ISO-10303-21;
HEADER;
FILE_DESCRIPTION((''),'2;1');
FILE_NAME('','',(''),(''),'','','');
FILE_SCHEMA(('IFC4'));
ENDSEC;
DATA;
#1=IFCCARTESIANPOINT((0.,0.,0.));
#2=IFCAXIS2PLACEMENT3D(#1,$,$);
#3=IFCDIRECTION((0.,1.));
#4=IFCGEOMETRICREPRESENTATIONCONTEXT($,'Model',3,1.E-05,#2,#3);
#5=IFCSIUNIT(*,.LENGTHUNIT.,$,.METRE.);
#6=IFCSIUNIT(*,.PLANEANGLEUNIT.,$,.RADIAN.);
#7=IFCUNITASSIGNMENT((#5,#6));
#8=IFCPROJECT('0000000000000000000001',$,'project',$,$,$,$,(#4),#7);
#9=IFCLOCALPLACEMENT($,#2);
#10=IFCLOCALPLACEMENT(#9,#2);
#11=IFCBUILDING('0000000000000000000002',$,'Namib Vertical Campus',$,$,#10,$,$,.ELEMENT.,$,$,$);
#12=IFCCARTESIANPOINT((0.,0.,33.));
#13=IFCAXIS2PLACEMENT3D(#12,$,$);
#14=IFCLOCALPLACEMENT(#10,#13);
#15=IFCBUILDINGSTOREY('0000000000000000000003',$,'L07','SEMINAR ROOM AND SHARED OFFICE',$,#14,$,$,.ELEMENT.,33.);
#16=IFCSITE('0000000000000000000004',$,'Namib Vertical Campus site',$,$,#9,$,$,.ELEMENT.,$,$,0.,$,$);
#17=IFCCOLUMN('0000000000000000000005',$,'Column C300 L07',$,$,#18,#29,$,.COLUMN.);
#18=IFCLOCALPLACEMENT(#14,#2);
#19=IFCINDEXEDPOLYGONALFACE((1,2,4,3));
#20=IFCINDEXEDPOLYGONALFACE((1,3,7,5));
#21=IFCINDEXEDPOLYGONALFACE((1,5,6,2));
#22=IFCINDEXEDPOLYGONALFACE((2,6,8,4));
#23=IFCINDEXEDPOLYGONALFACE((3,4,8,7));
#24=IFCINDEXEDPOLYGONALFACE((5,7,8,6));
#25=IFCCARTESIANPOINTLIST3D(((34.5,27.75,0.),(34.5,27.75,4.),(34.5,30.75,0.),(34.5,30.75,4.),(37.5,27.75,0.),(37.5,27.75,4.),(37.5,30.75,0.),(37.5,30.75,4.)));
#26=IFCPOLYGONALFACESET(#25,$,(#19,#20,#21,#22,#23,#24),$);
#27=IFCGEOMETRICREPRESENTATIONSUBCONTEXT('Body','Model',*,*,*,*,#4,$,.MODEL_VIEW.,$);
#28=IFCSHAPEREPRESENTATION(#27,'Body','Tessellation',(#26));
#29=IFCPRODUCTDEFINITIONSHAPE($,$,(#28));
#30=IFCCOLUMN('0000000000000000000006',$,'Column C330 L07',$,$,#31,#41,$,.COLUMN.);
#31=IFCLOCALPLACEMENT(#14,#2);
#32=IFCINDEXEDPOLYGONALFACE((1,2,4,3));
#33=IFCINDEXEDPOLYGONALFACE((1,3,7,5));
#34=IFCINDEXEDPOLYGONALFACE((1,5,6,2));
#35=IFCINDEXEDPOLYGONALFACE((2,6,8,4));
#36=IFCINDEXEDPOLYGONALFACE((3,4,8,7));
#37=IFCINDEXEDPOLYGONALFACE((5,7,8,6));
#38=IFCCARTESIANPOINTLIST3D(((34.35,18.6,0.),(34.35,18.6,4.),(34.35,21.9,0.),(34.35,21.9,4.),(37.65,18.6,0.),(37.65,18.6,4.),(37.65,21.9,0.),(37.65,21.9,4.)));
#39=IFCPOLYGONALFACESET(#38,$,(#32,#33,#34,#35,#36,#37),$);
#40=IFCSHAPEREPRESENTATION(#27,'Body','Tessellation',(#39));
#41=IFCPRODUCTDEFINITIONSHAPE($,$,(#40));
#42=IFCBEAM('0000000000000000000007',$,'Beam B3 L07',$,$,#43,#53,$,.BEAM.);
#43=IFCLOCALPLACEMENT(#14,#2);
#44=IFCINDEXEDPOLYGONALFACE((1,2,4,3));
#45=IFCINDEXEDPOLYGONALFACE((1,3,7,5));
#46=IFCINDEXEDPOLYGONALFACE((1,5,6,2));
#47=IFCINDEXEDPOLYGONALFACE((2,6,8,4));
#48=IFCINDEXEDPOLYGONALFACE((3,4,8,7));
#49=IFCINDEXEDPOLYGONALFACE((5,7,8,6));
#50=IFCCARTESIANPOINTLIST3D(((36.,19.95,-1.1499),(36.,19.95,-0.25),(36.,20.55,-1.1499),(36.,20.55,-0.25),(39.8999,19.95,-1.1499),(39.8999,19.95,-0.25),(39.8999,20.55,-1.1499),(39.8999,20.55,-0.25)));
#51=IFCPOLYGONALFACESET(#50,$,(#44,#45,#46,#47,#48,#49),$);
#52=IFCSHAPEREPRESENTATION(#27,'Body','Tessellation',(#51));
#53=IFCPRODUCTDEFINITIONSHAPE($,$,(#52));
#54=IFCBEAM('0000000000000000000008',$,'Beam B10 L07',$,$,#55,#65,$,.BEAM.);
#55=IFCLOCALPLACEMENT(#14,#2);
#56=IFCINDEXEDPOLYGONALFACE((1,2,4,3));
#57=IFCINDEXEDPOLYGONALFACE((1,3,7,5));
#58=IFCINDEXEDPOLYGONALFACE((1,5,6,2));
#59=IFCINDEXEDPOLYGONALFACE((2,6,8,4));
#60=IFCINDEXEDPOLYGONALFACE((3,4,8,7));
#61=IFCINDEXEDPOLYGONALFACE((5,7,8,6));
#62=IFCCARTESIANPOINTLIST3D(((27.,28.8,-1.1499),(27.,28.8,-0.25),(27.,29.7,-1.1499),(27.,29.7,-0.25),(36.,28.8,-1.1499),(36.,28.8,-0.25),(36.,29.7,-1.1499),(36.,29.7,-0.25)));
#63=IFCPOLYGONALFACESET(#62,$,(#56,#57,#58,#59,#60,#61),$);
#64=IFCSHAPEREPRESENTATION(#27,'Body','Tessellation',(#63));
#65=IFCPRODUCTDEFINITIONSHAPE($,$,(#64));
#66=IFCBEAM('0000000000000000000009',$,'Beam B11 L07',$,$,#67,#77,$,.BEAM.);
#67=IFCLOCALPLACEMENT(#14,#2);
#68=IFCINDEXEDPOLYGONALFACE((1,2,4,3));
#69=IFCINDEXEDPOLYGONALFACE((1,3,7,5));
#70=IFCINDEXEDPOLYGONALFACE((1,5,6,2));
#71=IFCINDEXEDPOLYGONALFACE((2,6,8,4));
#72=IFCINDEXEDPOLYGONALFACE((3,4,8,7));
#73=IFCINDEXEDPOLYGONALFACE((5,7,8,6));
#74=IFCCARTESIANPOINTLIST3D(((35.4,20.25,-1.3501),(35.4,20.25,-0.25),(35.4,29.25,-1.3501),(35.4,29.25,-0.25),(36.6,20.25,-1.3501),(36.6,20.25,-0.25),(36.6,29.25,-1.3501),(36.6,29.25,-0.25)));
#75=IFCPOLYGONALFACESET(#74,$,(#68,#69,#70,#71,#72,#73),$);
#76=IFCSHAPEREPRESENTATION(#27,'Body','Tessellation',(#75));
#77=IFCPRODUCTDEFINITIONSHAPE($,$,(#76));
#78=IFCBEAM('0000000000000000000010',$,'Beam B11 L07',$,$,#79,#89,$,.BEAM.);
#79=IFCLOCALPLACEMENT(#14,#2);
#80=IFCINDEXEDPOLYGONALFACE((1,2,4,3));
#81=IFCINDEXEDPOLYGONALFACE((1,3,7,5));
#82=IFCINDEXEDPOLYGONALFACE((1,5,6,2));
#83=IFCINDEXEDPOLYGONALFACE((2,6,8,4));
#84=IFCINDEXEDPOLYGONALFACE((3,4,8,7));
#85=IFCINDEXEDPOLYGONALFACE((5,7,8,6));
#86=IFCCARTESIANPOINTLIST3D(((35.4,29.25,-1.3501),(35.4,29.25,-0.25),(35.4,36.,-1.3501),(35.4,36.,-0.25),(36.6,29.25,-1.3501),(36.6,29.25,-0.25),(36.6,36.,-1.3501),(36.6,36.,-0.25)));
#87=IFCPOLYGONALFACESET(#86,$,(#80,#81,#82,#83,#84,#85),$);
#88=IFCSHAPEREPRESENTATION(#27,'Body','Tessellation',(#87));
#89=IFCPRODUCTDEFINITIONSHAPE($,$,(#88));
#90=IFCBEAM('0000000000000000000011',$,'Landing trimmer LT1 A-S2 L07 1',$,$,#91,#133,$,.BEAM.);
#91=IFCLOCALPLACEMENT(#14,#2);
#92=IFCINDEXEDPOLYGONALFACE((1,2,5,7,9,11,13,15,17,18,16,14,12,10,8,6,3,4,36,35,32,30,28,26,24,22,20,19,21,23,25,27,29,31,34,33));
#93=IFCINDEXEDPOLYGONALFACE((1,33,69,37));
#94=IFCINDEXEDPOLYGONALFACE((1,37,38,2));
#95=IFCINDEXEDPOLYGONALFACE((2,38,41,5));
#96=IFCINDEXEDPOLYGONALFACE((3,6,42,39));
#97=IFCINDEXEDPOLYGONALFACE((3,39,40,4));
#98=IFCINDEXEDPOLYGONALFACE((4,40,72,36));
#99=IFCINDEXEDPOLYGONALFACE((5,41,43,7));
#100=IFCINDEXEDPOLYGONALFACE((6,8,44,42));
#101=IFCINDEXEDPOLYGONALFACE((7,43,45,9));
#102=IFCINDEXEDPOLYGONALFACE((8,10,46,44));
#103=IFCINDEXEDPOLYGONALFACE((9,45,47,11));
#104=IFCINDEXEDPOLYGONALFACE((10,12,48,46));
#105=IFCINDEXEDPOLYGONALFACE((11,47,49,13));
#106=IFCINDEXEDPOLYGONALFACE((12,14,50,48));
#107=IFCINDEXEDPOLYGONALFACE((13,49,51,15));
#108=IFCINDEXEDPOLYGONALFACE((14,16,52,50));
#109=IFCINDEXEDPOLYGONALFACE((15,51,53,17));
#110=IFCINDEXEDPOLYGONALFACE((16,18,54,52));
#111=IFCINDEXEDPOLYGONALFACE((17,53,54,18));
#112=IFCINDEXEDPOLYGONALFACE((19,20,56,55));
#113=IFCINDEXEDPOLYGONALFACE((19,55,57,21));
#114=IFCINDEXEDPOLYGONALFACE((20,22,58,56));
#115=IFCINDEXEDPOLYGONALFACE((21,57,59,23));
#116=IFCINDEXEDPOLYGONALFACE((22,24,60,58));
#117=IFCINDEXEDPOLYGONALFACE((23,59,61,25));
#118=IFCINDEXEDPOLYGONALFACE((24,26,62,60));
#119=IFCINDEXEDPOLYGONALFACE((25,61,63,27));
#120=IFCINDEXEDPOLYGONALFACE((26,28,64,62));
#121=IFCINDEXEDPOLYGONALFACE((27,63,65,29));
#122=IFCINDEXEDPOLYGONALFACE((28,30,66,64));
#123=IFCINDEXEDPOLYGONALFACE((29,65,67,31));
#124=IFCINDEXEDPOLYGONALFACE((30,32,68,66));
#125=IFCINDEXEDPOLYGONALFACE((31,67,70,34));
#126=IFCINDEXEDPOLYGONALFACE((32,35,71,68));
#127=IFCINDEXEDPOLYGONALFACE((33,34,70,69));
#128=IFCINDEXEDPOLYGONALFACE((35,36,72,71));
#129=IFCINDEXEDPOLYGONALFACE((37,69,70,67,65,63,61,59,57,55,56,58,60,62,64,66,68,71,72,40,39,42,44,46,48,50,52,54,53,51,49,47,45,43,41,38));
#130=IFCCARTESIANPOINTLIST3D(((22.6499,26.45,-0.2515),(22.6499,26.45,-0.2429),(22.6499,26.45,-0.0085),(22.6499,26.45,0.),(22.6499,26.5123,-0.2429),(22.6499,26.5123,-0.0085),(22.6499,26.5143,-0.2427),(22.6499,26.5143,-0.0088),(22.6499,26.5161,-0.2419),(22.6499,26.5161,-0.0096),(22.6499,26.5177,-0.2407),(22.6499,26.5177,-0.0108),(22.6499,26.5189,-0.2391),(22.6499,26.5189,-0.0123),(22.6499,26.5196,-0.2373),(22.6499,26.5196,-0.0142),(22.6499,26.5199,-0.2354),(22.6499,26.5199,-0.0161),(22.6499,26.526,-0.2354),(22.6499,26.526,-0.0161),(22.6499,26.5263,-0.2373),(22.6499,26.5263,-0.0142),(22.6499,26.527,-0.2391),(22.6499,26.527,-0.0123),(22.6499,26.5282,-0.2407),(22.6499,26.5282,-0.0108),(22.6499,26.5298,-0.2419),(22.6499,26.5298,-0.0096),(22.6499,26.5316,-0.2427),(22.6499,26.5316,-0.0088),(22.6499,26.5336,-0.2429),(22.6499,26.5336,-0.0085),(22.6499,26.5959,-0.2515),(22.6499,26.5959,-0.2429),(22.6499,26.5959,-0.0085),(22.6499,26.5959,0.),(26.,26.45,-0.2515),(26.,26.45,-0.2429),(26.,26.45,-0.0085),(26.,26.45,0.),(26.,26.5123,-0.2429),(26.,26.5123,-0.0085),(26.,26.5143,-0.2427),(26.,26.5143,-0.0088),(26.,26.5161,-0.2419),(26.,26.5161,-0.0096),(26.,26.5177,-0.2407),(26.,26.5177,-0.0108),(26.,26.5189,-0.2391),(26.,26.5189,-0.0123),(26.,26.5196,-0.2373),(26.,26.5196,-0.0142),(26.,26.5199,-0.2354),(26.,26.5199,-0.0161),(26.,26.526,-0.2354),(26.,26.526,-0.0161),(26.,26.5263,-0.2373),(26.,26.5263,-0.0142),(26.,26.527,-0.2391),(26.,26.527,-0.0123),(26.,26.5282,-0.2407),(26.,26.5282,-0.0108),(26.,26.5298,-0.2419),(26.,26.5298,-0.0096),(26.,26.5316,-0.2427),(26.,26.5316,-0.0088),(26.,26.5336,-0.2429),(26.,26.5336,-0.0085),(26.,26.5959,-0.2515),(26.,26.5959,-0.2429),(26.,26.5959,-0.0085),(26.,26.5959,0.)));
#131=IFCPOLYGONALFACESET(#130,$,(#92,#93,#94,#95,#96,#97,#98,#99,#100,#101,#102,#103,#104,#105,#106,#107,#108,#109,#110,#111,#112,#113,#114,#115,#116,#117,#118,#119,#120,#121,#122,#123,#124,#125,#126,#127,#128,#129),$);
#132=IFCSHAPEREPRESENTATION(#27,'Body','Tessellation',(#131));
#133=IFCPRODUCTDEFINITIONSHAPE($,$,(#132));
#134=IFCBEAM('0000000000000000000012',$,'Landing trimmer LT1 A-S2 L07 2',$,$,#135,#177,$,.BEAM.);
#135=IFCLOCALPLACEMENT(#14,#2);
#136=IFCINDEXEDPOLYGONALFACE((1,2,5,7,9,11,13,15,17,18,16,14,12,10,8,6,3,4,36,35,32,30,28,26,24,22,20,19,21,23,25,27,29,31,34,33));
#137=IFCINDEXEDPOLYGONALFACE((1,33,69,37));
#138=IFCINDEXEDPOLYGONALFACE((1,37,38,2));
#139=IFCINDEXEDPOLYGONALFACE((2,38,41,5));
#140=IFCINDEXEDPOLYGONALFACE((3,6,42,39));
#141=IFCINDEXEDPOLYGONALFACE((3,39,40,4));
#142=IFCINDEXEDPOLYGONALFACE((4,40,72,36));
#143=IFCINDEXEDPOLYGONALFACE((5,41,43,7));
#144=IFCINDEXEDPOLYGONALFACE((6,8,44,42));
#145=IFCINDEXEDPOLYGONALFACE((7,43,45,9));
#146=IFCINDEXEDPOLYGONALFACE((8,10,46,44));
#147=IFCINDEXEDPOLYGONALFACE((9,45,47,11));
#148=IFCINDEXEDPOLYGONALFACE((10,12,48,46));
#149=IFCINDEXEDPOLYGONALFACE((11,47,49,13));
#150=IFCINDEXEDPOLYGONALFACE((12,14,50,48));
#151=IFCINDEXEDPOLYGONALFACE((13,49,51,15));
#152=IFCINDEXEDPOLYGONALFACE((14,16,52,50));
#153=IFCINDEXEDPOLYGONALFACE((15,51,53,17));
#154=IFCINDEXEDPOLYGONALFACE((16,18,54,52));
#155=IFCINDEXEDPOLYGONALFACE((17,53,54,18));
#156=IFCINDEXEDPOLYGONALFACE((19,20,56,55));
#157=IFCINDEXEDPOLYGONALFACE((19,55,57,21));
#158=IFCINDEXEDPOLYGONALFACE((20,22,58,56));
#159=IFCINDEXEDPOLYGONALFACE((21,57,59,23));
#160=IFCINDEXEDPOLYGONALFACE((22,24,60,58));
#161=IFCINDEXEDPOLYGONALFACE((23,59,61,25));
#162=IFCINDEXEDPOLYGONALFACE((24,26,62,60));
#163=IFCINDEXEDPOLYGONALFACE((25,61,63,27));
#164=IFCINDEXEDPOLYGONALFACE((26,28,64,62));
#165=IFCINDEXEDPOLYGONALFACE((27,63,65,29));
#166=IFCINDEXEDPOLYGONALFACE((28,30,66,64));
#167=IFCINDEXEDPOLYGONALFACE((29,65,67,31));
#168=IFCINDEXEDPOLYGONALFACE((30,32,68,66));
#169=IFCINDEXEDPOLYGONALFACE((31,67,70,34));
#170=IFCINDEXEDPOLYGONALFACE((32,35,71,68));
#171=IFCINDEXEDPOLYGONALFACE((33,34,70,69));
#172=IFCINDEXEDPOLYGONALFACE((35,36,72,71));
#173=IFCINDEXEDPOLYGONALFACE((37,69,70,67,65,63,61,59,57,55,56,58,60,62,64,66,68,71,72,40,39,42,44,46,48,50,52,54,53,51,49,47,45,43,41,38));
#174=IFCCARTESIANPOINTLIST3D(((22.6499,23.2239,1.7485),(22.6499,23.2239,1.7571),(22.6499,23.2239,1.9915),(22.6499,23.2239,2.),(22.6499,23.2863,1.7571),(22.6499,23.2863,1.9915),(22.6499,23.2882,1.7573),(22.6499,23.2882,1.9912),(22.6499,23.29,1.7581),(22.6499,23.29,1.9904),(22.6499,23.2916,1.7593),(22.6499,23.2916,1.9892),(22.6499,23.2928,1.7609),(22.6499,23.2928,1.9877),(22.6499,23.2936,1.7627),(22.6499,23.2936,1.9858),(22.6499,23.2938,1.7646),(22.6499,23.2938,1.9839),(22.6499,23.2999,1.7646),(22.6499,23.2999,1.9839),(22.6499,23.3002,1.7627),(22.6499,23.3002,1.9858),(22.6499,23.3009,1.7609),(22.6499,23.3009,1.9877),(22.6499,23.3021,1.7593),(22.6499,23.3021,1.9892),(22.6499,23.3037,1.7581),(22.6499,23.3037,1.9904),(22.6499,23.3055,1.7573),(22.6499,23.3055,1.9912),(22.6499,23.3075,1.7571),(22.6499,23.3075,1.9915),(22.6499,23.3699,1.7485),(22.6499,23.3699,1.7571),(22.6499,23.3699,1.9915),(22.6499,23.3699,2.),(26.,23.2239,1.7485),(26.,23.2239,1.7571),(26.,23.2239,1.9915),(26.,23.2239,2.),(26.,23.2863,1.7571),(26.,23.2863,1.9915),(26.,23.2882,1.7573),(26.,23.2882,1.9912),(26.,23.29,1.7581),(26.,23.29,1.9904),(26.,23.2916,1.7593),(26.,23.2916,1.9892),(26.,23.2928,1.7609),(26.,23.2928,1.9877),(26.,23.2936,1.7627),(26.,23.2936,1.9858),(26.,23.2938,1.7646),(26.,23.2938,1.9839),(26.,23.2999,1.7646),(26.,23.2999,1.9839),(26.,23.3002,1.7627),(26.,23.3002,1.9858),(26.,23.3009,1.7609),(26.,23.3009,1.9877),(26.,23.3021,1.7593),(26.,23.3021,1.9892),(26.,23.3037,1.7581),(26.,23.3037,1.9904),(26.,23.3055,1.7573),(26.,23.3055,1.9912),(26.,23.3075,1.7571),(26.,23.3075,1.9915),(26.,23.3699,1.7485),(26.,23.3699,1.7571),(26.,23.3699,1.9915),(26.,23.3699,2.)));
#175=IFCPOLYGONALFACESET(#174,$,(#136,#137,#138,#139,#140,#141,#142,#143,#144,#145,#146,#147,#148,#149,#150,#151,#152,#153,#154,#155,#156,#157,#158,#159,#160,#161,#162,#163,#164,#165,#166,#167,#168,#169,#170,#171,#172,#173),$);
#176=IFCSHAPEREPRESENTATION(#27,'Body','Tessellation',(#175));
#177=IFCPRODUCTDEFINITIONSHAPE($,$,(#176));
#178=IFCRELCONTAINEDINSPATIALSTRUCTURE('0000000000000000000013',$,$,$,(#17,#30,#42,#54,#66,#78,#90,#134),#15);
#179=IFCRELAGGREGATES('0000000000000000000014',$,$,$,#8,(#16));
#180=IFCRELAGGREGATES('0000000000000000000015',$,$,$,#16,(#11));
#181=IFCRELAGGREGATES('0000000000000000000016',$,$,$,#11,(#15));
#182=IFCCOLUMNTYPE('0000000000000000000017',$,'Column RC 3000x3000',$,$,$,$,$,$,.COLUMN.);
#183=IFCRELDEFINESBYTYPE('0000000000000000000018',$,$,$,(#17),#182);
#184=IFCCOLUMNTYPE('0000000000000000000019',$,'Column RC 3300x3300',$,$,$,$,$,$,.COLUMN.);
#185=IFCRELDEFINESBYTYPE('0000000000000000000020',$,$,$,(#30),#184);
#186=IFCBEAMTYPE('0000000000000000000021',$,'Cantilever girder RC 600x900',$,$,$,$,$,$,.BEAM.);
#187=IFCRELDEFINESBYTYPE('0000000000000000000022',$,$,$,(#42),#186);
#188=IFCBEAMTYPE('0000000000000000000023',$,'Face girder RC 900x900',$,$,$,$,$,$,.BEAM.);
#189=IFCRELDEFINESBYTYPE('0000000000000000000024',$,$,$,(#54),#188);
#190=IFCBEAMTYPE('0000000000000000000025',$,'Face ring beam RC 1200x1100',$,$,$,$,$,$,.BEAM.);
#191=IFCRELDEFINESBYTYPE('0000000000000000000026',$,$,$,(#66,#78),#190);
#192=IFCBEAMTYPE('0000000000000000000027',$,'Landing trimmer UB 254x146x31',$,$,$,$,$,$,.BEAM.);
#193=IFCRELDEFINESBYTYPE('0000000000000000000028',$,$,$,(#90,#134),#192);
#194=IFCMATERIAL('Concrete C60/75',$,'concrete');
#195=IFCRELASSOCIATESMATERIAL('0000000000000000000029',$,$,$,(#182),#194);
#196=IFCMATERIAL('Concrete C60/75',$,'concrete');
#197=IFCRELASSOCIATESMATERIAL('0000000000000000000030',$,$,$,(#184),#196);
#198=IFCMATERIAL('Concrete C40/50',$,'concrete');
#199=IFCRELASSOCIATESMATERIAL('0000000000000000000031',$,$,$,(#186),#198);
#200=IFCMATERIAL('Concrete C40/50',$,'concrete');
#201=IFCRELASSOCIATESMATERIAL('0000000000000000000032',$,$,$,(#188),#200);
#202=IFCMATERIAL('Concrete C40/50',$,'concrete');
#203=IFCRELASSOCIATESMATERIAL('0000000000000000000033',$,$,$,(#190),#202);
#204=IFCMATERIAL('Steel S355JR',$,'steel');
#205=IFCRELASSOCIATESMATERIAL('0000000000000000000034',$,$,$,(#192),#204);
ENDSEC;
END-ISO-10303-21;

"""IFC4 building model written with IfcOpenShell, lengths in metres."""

from ifc_helpers import new_model, si_unit, direction, frame, origin, origin_2d, place, context, subcontext, project, spatial, rectangle, i_section, extrude, material, material_profile, profile_set, type_object, element, save


model = new_model("IFC4")

# Units and contexts
model_context = context("Model", 3, precision=1e-05, world=origin(), true_north=direction((0.0, 1.0)))
body_context = subcontext(model_context, "Body", "Model", "MODEL_VIEW")
ifc_project = project(units=[si_unit("LENGTHUNIT", "METRE"), si_unit("PLANEANGLEUNIT", "RADIAN")], contexts=[model_context])

# Site, building, storey
site_placement = place(None, origin())
site = spatial("IfcSite", under=ifc_project, at=site_placement, Name="Namib Vertical Campus site", CompositionType="ELEMENT", RefElevation=0.0)
building_placement = place(site_placement, origin())
building = spatial("IfcBuilding", under=site, at=building_placement, Name="Namib Vertical Campus", CompositionType="ELEMENT")
storey_placement = place(building_placement, frame((0.0, 0.0, 33.0)))
storey = spatial("IfcBuildingStorey", under=building, at=storey_placement, Name="L07", Description="SEMINAR ROOM AND SHARED OFFICE", CompositionType="ELEMENT", Elevation=33.0)

# Columns
ifc_material_1 = material(Name="Concrete C60/75", Category="concrete")
ifc_material_profile_1 = material_profile(ifc_material_1, rectangle(XDim=3.0, YDim=3.0, at=origin_2d()))
ifc_profile_set_1 = profile_set([ifc_material_profile_1], Name="Concrete C60/75")
column_type_1 = type_object("IfcColumnType", Name="Column RC 3000x3000", PredefinedType="COLUMN", material=ifc_profile_set_1)
column_1_placement = place(storey_placement, frame((36.0, 29.25, 0.0), z_axis=(0.0, 0.0, 1.0), x_axis=(1.0, 0.0, 0.0)))
element("IfcColumn", 1, at=column_1_placement, inside=storey, type_object=column_type_1, Name="Column C300 L07", PredefinedType="COLUMN", context=body_context, shape_type="SweptSolid", body=[
    extrude(rectangle(XDim=3.0, YDim=3.0, at=origin_2d()), origin(), (0.0, 0.0, 1.0), 4.0),
])
ifc_material_2 = material(Name="Concrete C60/75", Category="concrete")
ifc_material_profile_2 = material_profile(ifc_material_2, rectangle(XDim=3.3, YDim=3.3, at=origin_2d()))
ifc_profile_set_2 = profile_set([ifc_material_profile_2], Name="Concrete C60/75")
column_type_2 = type_object("IfcColumnType", Name="Column RC 3300x3300", PredefinedType="COLUMN", material=ifc_profile_set_2)
column_2_placement = place(storey_placement, frame((36.0, 20.25, 0.0), z_axis=(0.0, 0.0, 1.0), x_axis=(1.0, 0.0, 0.0)))
element("IfcColumn", 2, at=column_2_placement, inside=storey, type_object=column_type_2, Name="Column C330 L07", PredefinedType="COLUMN", context=body_context, shape_type="SweptSolid", body=[
    extrude(rectangle(XDim=3.3, YDim=3.3, at=origin_2d()), origin(), (0.0, 0.0, 1.0), 4.0),
])

# Beams
ifc_material_3 = material(Name="Concrete C40/50", Category="concrete")
ifc_material_profile_3 = material_profile(ifc_material_3, rectangle(XDim=0.6001, YDim=0.8999, at=origin_2d()))
ifc_profile_set_3 = profile_set([ifc_material_profile_3], Name="Concrete C40/50")
beam_type_1 = type_object("IfcBeamType", Name="Cantilever girder RC 600x900", PredefinedType="BEAM", material=ifc_profile_set_3)
beam_1_placement = place(storey_placement, frame((36.0, 20.25, -0.7), z_axis=(1.0, 0.0, 0.0), x_axis=(0.0, 1.0, 0.0)))
element("IfcBeam", 3, at=beam_1_placement, inside=storey, type_object=beam_type_1, Name="Beam B3 L07", PredefinedType="BEAM", context=body_context, shape_type="SweptSolid", body=[
    extrude(rectangle(XDim=0.6001, YDim=0.8999, at=origin_2d()), origin(), (0.0, 0.0, 1.0), 3.8999),
])
ifc_material_4 = material(Name="Concrete C40/50", Category="concrete")
ifc_material_profile_4 = material_profile(ifc_material_4, rectangle(XDim=0.8999, YDim=0.8999, at=origin_2d()))
ifc_profile_set_4 = profile_set([ifc_material_profile_4], Name="Concrete C40/50")
beam_type_2 = type_object("IfcBeamType", Name="Face girder RC 900x900", PredefinedType="BEAM", material=ifc_profile_set_4)
beam_2_placement = place(storey_placement, frame((36.0, 29.25, -0.7), z_axis=(-1.0, 0.0, 0.0), x_axis=(0.0, -1.0, 0.0)))
element("IfcBeam", 4, at=beam_2_placement, inside=storey, type_object=beam_type_2, Name="Beam B10 L07", PredefinedType="BEAM", context=body_context, shape_type="SweptSolid", body=[
    extrude(rectangle(XDim=0.8999, YDim=0.8999, at=origin_2d()), origin(), (0.0, 0.0, 1.0), 9.0),
])
ifc_material_5 = material(Name="Concrete C40/50", Category="concrete")
ifc_material_profile_5 = material_profile(ifc_material_5, rectangle(XDim=1.2, YDim=1.1001, at=origin_2d()))
ifc_profile_set_5 = profile_set([ifc_material_profile_5], Name="Concrete C40/50")
beam_type_3 = type_object("IfcBeamType", Name="Face ring beam RC 1200x1100", PredefinedType="BEAM", material=ifc_profile_set_5)
beam_3_placement = place(storey_placement, frame((36.0, 20.25, -0.8), z_axis=(0.0, 1.0, 0.0), x_axis=(-1.0, 0.0, 0.0)))
element("IfcBeam", 5, at=beam_3_placement, inside=storey, type_object=beam_type_3, Name="Beam B11 L07", PredefinedType="BEAM", context=body_context, shape_type="SweptSolid", body=[
    extrude(rectangle(XDim=1.2, YDim=1.1001, at=origin_2d()), origin(), (0.0, 0.0, 1.0), 9.0),
])
beam_4_placement = place(storey_placement, frame((36.0, 29.25, -0.8), z_axis=(0.0, 1.0, 0.0), x_axis=(-1.0, 0.0, 0.0)))
element("IfcBeam", 6, at=beam_4_placement, inside=storey, type_object=beam_type_3, Name="Beam B11 L07", PredefinedType="BEAM", context=body_context, shape_type="SweptSolid", body=[
    extrude(rectangle(XDim=1.2, YDim=1.1001, at=origin_2d()), origin(), (0.0, 0.0, 1.0), 6.75),
])
ifc_material_6 = material(Name="Steel S355JR", Category="steel")
ifc_material_profile_6 = material_profile(ifc_material_6, i_section(OverallWidth=0.146, OverallDepth=0.2515, WebThickness=0.0061, FlangeThickness=0.0085, FilletRadius=0.0076, at=origin_2d()))
ifc_profile_set_6 = profile_set([ifc_material_profile_6], Name="Steel S355JR")
beam_type_4 = type_object("IfcBeamType", Name="Landing trimmer UB 254x146x31", PredefinedType="BEAM", material=ifc_profile_set_6)
for number, where, z_axis, x_axis, name in (
    (7, (22.6499, 26.5229, -0.1257), (1.0, 0.0, 0.0), (0.0, 1.0, 0.0), "Landing trimmer LT1 A-S2 L07 1"),
    (8, (22.6499, 23.2969, 1.8743), (1.0, 0.0, 0.0), (0.0, 1.0, 0.0), "Landing trimmer LT1 A-S2 L07 2"),
):
    element("IfcBeam", number, at=place(storey_placement, frame(where, z_axis=z_axis, x_axis=x_axis)), inside=storey, type_object=beam_type_4, Name=name, PredefinedType="BEAM", context=body_context, shape_type="SweptSolid", body=[
        extrude(i_section(OverallWidth=0.146, OverallDepth=0.2515, WebThickness=0.0061, FlangeThickness=0.0085, FilletRadius=0.0076, at=origin_2d()), origin(), (0.0, 0.0, 1.0), 3.3501),
    ])

save(model, "model.ifc")
